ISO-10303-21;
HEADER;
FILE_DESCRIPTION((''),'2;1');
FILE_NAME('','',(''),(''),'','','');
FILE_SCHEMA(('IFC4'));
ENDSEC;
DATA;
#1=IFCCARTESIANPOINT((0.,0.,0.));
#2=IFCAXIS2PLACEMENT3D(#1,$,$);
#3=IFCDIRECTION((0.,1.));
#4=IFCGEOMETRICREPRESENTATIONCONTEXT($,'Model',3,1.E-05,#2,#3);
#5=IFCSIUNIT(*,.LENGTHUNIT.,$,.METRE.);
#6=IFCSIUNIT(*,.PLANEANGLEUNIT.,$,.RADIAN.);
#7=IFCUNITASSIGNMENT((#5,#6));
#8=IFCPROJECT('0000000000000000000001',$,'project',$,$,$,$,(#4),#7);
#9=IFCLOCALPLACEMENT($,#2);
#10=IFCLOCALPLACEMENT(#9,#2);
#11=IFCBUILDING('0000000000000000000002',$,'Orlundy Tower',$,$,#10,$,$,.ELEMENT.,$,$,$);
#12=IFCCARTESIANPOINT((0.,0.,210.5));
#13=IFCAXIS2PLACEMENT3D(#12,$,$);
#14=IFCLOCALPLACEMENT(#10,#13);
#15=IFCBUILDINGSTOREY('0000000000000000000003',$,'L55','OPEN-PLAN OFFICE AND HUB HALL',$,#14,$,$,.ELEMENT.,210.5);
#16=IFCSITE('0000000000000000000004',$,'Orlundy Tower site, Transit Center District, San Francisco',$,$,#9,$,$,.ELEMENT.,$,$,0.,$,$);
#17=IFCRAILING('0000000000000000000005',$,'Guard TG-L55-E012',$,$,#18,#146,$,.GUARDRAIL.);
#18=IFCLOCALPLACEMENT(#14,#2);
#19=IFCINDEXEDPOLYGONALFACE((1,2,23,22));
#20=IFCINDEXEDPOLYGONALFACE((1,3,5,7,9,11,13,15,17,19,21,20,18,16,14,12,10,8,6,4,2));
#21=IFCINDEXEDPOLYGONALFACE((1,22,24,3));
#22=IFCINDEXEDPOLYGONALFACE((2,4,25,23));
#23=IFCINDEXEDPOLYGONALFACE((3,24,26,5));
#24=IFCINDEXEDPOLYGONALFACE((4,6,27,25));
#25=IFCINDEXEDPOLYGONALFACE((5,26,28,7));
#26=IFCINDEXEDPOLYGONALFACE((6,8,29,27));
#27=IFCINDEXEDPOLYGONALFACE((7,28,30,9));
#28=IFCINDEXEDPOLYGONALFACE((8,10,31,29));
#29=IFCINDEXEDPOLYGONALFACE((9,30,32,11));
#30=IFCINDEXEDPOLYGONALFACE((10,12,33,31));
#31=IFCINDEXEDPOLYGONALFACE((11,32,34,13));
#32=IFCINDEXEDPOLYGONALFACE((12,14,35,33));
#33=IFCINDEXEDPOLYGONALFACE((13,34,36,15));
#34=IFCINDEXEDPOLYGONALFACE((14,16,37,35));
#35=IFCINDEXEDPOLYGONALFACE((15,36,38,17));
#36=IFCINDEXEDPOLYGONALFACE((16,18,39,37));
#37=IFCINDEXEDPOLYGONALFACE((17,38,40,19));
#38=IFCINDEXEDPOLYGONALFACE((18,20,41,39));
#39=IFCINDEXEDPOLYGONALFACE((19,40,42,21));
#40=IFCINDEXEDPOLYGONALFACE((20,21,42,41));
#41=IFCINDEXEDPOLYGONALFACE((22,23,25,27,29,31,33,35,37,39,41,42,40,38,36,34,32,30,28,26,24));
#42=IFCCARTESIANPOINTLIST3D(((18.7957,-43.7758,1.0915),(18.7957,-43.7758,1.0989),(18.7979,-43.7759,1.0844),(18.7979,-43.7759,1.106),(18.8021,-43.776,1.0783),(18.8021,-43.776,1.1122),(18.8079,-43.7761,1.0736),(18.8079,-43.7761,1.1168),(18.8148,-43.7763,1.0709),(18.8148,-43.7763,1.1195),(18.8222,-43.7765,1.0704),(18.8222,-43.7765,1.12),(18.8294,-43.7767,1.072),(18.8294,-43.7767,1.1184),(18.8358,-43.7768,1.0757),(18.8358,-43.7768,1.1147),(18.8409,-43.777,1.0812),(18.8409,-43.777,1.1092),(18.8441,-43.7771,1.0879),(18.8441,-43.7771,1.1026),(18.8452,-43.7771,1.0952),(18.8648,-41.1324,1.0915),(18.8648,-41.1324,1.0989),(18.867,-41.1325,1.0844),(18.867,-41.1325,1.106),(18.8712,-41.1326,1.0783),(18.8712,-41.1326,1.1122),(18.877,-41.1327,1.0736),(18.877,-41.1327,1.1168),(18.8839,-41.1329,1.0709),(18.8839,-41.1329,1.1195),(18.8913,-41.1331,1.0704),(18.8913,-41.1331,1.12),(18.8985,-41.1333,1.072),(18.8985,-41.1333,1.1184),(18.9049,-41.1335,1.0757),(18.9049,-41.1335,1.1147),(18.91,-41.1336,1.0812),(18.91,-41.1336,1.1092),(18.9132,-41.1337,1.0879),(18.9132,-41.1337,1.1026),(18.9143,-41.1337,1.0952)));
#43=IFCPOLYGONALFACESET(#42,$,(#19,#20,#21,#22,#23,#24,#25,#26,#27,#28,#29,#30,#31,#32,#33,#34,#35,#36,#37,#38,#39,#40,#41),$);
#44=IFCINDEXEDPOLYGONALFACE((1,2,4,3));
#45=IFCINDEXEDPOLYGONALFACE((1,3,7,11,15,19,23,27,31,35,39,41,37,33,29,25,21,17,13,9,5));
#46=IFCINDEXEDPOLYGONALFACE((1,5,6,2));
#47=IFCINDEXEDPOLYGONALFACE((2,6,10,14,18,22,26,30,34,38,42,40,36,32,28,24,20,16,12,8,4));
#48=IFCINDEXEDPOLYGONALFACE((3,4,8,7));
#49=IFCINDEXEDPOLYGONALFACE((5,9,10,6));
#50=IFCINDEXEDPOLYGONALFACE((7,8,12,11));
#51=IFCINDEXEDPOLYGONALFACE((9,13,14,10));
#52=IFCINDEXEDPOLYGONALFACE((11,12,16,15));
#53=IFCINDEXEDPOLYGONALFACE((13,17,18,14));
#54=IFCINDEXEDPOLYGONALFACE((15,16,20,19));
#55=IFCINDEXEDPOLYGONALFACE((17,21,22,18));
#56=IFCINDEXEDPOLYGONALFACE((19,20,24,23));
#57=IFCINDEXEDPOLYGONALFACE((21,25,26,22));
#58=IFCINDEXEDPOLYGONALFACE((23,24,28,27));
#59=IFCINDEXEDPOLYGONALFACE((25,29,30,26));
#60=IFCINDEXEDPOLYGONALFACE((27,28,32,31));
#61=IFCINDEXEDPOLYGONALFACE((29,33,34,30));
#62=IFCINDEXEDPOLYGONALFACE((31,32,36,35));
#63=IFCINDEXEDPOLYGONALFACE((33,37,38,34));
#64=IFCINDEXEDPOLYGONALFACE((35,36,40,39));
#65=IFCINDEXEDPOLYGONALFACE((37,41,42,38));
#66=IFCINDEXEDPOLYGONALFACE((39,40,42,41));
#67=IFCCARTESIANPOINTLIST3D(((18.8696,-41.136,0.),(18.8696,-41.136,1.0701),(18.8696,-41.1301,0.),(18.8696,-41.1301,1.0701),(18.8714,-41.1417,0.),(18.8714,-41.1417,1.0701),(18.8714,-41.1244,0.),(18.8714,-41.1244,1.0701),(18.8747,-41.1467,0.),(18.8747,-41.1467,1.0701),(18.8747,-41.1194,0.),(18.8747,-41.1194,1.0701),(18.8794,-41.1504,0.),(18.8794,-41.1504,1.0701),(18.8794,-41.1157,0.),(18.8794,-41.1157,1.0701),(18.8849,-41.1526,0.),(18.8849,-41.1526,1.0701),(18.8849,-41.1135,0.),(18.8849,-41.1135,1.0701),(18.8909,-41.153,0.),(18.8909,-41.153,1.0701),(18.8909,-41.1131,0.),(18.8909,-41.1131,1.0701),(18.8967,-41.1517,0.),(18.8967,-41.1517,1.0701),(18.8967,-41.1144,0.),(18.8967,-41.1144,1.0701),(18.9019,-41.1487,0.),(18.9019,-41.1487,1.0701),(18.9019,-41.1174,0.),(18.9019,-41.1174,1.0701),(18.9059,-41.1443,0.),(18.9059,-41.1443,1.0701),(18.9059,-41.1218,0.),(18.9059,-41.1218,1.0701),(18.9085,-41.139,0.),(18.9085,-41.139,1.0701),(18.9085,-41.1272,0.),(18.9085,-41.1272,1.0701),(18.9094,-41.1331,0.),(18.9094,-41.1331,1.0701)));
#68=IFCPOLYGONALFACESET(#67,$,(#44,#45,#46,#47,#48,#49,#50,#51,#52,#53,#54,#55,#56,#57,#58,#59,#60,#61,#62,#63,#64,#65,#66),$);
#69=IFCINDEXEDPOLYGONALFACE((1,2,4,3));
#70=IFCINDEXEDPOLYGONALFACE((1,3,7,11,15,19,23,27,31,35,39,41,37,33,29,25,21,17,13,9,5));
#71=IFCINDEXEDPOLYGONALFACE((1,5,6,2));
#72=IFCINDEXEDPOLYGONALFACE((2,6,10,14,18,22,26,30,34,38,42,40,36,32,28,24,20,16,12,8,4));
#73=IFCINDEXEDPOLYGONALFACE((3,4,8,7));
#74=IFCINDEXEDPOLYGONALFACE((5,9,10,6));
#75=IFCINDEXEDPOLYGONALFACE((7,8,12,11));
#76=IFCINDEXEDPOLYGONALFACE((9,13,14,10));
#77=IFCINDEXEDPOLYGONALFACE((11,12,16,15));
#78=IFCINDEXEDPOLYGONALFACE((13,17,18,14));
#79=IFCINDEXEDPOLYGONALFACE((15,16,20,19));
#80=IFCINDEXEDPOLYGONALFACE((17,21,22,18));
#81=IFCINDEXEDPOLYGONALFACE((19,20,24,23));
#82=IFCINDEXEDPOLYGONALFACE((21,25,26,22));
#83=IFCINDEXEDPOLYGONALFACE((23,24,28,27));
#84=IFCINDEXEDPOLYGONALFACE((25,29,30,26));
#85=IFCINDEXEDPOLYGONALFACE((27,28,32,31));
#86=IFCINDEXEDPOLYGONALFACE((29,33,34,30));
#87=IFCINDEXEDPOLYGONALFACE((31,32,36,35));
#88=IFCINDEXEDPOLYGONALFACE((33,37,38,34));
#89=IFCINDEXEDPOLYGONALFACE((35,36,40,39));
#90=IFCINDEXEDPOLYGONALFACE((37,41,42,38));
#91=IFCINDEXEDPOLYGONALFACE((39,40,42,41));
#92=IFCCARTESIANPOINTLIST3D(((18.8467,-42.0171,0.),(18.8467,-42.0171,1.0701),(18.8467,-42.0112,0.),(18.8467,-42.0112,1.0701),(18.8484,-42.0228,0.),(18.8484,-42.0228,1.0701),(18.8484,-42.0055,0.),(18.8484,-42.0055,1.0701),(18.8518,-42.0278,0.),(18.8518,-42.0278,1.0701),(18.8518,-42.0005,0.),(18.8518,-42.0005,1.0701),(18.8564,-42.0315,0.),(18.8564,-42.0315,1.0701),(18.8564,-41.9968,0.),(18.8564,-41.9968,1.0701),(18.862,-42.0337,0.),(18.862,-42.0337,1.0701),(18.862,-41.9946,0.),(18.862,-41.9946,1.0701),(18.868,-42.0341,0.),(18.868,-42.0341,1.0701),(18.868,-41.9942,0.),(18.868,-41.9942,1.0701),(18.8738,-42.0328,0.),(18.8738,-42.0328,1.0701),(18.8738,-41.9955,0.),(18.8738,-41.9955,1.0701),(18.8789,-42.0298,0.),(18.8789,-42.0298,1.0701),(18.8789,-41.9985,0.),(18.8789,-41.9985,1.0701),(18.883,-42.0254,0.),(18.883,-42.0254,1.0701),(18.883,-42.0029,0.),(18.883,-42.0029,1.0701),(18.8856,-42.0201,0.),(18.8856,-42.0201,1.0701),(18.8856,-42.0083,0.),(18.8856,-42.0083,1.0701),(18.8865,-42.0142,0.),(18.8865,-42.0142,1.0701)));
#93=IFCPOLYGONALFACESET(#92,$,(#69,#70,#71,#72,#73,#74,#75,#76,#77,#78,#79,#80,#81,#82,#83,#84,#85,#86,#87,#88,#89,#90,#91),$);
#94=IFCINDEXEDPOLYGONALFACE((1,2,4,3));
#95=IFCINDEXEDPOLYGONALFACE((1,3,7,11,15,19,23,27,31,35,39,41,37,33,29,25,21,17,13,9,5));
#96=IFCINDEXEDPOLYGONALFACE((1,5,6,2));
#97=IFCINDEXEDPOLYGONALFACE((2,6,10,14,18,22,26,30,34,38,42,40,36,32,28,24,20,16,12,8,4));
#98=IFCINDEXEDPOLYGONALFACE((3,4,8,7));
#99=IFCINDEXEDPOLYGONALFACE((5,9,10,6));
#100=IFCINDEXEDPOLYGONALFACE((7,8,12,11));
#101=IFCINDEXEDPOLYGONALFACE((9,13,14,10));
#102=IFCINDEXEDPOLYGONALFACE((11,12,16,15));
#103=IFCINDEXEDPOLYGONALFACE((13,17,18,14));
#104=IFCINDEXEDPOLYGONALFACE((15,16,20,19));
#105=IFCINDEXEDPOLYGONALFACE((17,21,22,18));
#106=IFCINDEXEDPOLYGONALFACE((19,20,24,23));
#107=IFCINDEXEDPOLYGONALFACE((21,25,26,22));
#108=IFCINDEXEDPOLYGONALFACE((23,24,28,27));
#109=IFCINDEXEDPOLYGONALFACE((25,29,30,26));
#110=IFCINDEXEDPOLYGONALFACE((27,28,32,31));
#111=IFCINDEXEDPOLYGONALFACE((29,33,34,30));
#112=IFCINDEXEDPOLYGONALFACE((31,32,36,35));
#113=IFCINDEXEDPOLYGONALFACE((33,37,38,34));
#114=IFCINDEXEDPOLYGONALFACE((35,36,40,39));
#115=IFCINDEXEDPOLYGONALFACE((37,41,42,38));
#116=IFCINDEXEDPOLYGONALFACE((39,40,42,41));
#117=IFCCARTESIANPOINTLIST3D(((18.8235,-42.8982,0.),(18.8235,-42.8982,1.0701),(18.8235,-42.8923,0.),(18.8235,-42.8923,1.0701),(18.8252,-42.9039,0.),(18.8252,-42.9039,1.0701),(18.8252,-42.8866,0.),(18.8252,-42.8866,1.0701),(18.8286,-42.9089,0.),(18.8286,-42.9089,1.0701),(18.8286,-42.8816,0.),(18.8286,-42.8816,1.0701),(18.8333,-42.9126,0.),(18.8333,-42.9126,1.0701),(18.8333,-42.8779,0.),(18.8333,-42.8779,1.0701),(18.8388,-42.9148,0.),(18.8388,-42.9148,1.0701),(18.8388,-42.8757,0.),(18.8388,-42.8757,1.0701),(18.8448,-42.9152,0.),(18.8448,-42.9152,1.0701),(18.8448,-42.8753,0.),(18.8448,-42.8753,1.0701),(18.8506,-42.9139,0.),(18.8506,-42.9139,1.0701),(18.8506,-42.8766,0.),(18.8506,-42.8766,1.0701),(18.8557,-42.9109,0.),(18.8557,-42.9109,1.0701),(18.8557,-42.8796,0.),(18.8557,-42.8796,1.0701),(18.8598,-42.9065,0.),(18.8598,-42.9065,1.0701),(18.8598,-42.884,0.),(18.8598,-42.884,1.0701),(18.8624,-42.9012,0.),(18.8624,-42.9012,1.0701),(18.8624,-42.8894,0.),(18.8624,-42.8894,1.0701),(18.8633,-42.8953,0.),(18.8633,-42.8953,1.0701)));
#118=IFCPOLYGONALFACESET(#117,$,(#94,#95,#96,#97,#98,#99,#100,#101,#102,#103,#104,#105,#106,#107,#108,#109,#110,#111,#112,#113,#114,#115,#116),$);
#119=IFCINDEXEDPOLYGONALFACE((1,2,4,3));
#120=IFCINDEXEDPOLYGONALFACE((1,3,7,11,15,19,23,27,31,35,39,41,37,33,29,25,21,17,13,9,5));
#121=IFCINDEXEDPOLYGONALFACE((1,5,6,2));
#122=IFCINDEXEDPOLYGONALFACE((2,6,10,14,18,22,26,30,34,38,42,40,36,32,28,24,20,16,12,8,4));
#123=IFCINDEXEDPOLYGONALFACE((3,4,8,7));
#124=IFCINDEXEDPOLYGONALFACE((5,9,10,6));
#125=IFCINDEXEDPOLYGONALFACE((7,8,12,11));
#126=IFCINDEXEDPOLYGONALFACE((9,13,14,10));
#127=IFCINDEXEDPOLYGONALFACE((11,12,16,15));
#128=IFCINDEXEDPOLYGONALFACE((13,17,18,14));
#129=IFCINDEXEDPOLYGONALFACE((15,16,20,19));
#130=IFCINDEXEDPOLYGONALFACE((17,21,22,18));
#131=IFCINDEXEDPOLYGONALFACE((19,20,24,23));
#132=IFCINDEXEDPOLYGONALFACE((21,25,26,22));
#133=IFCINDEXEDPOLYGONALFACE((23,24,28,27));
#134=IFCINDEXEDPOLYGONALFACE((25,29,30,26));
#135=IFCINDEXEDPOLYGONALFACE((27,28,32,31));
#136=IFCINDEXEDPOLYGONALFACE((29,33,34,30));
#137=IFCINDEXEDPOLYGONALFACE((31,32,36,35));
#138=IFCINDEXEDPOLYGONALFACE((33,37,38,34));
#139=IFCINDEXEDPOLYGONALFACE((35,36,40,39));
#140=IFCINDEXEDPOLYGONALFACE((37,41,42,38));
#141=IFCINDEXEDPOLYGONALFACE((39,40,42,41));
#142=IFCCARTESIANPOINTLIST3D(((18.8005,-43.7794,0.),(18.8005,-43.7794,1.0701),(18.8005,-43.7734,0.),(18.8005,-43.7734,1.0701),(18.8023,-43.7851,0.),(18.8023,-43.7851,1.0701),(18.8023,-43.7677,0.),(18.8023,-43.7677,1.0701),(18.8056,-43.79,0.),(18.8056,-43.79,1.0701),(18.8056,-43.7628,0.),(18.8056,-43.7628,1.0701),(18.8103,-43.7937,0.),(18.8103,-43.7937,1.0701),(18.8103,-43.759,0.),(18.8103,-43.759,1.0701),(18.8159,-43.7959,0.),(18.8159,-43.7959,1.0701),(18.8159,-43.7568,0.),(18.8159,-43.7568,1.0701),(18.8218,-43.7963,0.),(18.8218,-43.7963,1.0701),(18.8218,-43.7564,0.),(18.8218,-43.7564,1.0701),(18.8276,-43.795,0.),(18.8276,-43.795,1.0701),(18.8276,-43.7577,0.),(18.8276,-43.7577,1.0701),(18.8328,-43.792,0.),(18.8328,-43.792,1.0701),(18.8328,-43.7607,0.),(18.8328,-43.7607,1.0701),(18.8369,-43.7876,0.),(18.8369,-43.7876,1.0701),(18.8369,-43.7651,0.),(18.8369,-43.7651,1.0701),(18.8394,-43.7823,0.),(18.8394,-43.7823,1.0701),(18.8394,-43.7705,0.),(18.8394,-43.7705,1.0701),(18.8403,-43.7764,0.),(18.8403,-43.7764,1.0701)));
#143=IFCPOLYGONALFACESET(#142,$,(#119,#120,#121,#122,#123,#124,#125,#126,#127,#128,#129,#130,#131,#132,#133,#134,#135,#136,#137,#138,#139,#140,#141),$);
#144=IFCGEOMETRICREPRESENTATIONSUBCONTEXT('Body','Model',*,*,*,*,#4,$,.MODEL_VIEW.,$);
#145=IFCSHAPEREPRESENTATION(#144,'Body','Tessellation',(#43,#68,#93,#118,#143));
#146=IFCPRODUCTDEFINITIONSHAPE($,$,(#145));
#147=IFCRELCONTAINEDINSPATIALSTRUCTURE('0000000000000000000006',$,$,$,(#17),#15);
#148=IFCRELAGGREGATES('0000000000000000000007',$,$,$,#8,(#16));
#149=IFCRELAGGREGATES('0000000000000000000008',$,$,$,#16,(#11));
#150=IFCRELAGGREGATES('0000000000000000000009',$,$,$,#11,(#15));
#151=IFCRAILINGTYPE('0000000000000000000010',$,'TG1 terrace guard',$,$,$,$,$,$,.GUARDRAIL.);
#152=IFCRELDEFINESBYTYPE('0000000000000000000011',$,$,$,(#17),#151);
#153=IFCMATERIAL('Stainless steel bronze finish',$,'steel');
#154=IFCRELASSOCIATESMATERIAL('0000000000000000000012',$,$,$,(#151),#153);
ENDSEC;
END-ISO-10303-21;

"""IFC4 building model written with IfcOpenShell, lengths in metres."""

from ifc_helpers import new_model, si_unit, direction, frame, origin, origin_2d, place, context, subcontext, project, spatial, circle, extrude, material, type_object, element, save


model = new_model("IFC4")

# Units and contexts
model_context = context("Model", 3, precision=1e-05, world=origin(), true_north=direction((0.0, 1.0)))
body_context = subcontext(model_context, "Body", "Model", "MODEL_VIEW")
ifc_project = project(units=[si_unit("LENGTHUNIT", "METRE"), si_unit("PLANEANGLEUNIT", "RADIAN")], contexts=[model_context])

# Site, building, storey
site_placement = place(None, origin())
site = spatial("IfcSite", under=ifc_project, at=site_placement, Name="Orlundy Tower site, Transit Center District, San Francisco", CompositionType="ELEMENT", RefElevation=0.0)
building_placement = place(site_placement, origin())
building = spatial("IfcBuilding", under=site, at=building_placement, Name="Orlundy Tower", CompositionType="ELEMENT")
storey_placement = place(building_placement, frame((0.0, 0.0, 210.5)))
storey = spatial("IfcBuildingStorey", under=building, at=storey_placement, Name="L55", Description="OPEN-PLAN OFFICE AND HUB HALL", CompositionType="ELEMENT", Elevation=210.5)

# Railing
ifc_material_1 = material(Name="Stainless steel bronze finish", Category="steel")
railing_type = type_object("IfcRailingType", Name="TG1 terrace guard", PredefinedType="GUARDRAIL", material=ifc_material_1)
railing_placement = place(storey_placement, frame((18.8894, -41.1331, 0.0)))
element("IfcRailing", 1, at=railing_placement, inside=storey, type_object=railing_type, Name="Guard TG-L55-E012", PredefinedType="GUARDRAIL", context=body_context, shape_type="SweptSolid", body=[
    extrude(circle(Radius=0.0249, at=origin_2d()), frame((0.0, 0.0, 1.0952), z_axis=(-0.026129, -0.999659, 0.0), x_axis=(0.999659, -0.026129, 0.0)), (0.0, 0.0, 1.0), 2.6443),
    extrude(circle(Radius=0.02, at=origin_2d()), origin(), (0.0, 0.0, 1.0), 1.0701),
    extrude(circle(Radius=0.02, at=origin_2d()), frame((-0.0229, -0.8811, 0.0)), (0.0, 0.0, 1.0), 1.0701),
    extrude(circle(Radius=0.02, at=origin_2d()), frame((-0.0461, -1.7622, 0.0)), (0.0, 0.0, 1.0), 1.0701),
    extrude(circle(Radius=0.02, at=origin_2d()), frame((-0.0691, -2.6433, 0.0)), (0.0, 0.0, 1.0), 1.0701),
])

save(model, "model.ifc")
